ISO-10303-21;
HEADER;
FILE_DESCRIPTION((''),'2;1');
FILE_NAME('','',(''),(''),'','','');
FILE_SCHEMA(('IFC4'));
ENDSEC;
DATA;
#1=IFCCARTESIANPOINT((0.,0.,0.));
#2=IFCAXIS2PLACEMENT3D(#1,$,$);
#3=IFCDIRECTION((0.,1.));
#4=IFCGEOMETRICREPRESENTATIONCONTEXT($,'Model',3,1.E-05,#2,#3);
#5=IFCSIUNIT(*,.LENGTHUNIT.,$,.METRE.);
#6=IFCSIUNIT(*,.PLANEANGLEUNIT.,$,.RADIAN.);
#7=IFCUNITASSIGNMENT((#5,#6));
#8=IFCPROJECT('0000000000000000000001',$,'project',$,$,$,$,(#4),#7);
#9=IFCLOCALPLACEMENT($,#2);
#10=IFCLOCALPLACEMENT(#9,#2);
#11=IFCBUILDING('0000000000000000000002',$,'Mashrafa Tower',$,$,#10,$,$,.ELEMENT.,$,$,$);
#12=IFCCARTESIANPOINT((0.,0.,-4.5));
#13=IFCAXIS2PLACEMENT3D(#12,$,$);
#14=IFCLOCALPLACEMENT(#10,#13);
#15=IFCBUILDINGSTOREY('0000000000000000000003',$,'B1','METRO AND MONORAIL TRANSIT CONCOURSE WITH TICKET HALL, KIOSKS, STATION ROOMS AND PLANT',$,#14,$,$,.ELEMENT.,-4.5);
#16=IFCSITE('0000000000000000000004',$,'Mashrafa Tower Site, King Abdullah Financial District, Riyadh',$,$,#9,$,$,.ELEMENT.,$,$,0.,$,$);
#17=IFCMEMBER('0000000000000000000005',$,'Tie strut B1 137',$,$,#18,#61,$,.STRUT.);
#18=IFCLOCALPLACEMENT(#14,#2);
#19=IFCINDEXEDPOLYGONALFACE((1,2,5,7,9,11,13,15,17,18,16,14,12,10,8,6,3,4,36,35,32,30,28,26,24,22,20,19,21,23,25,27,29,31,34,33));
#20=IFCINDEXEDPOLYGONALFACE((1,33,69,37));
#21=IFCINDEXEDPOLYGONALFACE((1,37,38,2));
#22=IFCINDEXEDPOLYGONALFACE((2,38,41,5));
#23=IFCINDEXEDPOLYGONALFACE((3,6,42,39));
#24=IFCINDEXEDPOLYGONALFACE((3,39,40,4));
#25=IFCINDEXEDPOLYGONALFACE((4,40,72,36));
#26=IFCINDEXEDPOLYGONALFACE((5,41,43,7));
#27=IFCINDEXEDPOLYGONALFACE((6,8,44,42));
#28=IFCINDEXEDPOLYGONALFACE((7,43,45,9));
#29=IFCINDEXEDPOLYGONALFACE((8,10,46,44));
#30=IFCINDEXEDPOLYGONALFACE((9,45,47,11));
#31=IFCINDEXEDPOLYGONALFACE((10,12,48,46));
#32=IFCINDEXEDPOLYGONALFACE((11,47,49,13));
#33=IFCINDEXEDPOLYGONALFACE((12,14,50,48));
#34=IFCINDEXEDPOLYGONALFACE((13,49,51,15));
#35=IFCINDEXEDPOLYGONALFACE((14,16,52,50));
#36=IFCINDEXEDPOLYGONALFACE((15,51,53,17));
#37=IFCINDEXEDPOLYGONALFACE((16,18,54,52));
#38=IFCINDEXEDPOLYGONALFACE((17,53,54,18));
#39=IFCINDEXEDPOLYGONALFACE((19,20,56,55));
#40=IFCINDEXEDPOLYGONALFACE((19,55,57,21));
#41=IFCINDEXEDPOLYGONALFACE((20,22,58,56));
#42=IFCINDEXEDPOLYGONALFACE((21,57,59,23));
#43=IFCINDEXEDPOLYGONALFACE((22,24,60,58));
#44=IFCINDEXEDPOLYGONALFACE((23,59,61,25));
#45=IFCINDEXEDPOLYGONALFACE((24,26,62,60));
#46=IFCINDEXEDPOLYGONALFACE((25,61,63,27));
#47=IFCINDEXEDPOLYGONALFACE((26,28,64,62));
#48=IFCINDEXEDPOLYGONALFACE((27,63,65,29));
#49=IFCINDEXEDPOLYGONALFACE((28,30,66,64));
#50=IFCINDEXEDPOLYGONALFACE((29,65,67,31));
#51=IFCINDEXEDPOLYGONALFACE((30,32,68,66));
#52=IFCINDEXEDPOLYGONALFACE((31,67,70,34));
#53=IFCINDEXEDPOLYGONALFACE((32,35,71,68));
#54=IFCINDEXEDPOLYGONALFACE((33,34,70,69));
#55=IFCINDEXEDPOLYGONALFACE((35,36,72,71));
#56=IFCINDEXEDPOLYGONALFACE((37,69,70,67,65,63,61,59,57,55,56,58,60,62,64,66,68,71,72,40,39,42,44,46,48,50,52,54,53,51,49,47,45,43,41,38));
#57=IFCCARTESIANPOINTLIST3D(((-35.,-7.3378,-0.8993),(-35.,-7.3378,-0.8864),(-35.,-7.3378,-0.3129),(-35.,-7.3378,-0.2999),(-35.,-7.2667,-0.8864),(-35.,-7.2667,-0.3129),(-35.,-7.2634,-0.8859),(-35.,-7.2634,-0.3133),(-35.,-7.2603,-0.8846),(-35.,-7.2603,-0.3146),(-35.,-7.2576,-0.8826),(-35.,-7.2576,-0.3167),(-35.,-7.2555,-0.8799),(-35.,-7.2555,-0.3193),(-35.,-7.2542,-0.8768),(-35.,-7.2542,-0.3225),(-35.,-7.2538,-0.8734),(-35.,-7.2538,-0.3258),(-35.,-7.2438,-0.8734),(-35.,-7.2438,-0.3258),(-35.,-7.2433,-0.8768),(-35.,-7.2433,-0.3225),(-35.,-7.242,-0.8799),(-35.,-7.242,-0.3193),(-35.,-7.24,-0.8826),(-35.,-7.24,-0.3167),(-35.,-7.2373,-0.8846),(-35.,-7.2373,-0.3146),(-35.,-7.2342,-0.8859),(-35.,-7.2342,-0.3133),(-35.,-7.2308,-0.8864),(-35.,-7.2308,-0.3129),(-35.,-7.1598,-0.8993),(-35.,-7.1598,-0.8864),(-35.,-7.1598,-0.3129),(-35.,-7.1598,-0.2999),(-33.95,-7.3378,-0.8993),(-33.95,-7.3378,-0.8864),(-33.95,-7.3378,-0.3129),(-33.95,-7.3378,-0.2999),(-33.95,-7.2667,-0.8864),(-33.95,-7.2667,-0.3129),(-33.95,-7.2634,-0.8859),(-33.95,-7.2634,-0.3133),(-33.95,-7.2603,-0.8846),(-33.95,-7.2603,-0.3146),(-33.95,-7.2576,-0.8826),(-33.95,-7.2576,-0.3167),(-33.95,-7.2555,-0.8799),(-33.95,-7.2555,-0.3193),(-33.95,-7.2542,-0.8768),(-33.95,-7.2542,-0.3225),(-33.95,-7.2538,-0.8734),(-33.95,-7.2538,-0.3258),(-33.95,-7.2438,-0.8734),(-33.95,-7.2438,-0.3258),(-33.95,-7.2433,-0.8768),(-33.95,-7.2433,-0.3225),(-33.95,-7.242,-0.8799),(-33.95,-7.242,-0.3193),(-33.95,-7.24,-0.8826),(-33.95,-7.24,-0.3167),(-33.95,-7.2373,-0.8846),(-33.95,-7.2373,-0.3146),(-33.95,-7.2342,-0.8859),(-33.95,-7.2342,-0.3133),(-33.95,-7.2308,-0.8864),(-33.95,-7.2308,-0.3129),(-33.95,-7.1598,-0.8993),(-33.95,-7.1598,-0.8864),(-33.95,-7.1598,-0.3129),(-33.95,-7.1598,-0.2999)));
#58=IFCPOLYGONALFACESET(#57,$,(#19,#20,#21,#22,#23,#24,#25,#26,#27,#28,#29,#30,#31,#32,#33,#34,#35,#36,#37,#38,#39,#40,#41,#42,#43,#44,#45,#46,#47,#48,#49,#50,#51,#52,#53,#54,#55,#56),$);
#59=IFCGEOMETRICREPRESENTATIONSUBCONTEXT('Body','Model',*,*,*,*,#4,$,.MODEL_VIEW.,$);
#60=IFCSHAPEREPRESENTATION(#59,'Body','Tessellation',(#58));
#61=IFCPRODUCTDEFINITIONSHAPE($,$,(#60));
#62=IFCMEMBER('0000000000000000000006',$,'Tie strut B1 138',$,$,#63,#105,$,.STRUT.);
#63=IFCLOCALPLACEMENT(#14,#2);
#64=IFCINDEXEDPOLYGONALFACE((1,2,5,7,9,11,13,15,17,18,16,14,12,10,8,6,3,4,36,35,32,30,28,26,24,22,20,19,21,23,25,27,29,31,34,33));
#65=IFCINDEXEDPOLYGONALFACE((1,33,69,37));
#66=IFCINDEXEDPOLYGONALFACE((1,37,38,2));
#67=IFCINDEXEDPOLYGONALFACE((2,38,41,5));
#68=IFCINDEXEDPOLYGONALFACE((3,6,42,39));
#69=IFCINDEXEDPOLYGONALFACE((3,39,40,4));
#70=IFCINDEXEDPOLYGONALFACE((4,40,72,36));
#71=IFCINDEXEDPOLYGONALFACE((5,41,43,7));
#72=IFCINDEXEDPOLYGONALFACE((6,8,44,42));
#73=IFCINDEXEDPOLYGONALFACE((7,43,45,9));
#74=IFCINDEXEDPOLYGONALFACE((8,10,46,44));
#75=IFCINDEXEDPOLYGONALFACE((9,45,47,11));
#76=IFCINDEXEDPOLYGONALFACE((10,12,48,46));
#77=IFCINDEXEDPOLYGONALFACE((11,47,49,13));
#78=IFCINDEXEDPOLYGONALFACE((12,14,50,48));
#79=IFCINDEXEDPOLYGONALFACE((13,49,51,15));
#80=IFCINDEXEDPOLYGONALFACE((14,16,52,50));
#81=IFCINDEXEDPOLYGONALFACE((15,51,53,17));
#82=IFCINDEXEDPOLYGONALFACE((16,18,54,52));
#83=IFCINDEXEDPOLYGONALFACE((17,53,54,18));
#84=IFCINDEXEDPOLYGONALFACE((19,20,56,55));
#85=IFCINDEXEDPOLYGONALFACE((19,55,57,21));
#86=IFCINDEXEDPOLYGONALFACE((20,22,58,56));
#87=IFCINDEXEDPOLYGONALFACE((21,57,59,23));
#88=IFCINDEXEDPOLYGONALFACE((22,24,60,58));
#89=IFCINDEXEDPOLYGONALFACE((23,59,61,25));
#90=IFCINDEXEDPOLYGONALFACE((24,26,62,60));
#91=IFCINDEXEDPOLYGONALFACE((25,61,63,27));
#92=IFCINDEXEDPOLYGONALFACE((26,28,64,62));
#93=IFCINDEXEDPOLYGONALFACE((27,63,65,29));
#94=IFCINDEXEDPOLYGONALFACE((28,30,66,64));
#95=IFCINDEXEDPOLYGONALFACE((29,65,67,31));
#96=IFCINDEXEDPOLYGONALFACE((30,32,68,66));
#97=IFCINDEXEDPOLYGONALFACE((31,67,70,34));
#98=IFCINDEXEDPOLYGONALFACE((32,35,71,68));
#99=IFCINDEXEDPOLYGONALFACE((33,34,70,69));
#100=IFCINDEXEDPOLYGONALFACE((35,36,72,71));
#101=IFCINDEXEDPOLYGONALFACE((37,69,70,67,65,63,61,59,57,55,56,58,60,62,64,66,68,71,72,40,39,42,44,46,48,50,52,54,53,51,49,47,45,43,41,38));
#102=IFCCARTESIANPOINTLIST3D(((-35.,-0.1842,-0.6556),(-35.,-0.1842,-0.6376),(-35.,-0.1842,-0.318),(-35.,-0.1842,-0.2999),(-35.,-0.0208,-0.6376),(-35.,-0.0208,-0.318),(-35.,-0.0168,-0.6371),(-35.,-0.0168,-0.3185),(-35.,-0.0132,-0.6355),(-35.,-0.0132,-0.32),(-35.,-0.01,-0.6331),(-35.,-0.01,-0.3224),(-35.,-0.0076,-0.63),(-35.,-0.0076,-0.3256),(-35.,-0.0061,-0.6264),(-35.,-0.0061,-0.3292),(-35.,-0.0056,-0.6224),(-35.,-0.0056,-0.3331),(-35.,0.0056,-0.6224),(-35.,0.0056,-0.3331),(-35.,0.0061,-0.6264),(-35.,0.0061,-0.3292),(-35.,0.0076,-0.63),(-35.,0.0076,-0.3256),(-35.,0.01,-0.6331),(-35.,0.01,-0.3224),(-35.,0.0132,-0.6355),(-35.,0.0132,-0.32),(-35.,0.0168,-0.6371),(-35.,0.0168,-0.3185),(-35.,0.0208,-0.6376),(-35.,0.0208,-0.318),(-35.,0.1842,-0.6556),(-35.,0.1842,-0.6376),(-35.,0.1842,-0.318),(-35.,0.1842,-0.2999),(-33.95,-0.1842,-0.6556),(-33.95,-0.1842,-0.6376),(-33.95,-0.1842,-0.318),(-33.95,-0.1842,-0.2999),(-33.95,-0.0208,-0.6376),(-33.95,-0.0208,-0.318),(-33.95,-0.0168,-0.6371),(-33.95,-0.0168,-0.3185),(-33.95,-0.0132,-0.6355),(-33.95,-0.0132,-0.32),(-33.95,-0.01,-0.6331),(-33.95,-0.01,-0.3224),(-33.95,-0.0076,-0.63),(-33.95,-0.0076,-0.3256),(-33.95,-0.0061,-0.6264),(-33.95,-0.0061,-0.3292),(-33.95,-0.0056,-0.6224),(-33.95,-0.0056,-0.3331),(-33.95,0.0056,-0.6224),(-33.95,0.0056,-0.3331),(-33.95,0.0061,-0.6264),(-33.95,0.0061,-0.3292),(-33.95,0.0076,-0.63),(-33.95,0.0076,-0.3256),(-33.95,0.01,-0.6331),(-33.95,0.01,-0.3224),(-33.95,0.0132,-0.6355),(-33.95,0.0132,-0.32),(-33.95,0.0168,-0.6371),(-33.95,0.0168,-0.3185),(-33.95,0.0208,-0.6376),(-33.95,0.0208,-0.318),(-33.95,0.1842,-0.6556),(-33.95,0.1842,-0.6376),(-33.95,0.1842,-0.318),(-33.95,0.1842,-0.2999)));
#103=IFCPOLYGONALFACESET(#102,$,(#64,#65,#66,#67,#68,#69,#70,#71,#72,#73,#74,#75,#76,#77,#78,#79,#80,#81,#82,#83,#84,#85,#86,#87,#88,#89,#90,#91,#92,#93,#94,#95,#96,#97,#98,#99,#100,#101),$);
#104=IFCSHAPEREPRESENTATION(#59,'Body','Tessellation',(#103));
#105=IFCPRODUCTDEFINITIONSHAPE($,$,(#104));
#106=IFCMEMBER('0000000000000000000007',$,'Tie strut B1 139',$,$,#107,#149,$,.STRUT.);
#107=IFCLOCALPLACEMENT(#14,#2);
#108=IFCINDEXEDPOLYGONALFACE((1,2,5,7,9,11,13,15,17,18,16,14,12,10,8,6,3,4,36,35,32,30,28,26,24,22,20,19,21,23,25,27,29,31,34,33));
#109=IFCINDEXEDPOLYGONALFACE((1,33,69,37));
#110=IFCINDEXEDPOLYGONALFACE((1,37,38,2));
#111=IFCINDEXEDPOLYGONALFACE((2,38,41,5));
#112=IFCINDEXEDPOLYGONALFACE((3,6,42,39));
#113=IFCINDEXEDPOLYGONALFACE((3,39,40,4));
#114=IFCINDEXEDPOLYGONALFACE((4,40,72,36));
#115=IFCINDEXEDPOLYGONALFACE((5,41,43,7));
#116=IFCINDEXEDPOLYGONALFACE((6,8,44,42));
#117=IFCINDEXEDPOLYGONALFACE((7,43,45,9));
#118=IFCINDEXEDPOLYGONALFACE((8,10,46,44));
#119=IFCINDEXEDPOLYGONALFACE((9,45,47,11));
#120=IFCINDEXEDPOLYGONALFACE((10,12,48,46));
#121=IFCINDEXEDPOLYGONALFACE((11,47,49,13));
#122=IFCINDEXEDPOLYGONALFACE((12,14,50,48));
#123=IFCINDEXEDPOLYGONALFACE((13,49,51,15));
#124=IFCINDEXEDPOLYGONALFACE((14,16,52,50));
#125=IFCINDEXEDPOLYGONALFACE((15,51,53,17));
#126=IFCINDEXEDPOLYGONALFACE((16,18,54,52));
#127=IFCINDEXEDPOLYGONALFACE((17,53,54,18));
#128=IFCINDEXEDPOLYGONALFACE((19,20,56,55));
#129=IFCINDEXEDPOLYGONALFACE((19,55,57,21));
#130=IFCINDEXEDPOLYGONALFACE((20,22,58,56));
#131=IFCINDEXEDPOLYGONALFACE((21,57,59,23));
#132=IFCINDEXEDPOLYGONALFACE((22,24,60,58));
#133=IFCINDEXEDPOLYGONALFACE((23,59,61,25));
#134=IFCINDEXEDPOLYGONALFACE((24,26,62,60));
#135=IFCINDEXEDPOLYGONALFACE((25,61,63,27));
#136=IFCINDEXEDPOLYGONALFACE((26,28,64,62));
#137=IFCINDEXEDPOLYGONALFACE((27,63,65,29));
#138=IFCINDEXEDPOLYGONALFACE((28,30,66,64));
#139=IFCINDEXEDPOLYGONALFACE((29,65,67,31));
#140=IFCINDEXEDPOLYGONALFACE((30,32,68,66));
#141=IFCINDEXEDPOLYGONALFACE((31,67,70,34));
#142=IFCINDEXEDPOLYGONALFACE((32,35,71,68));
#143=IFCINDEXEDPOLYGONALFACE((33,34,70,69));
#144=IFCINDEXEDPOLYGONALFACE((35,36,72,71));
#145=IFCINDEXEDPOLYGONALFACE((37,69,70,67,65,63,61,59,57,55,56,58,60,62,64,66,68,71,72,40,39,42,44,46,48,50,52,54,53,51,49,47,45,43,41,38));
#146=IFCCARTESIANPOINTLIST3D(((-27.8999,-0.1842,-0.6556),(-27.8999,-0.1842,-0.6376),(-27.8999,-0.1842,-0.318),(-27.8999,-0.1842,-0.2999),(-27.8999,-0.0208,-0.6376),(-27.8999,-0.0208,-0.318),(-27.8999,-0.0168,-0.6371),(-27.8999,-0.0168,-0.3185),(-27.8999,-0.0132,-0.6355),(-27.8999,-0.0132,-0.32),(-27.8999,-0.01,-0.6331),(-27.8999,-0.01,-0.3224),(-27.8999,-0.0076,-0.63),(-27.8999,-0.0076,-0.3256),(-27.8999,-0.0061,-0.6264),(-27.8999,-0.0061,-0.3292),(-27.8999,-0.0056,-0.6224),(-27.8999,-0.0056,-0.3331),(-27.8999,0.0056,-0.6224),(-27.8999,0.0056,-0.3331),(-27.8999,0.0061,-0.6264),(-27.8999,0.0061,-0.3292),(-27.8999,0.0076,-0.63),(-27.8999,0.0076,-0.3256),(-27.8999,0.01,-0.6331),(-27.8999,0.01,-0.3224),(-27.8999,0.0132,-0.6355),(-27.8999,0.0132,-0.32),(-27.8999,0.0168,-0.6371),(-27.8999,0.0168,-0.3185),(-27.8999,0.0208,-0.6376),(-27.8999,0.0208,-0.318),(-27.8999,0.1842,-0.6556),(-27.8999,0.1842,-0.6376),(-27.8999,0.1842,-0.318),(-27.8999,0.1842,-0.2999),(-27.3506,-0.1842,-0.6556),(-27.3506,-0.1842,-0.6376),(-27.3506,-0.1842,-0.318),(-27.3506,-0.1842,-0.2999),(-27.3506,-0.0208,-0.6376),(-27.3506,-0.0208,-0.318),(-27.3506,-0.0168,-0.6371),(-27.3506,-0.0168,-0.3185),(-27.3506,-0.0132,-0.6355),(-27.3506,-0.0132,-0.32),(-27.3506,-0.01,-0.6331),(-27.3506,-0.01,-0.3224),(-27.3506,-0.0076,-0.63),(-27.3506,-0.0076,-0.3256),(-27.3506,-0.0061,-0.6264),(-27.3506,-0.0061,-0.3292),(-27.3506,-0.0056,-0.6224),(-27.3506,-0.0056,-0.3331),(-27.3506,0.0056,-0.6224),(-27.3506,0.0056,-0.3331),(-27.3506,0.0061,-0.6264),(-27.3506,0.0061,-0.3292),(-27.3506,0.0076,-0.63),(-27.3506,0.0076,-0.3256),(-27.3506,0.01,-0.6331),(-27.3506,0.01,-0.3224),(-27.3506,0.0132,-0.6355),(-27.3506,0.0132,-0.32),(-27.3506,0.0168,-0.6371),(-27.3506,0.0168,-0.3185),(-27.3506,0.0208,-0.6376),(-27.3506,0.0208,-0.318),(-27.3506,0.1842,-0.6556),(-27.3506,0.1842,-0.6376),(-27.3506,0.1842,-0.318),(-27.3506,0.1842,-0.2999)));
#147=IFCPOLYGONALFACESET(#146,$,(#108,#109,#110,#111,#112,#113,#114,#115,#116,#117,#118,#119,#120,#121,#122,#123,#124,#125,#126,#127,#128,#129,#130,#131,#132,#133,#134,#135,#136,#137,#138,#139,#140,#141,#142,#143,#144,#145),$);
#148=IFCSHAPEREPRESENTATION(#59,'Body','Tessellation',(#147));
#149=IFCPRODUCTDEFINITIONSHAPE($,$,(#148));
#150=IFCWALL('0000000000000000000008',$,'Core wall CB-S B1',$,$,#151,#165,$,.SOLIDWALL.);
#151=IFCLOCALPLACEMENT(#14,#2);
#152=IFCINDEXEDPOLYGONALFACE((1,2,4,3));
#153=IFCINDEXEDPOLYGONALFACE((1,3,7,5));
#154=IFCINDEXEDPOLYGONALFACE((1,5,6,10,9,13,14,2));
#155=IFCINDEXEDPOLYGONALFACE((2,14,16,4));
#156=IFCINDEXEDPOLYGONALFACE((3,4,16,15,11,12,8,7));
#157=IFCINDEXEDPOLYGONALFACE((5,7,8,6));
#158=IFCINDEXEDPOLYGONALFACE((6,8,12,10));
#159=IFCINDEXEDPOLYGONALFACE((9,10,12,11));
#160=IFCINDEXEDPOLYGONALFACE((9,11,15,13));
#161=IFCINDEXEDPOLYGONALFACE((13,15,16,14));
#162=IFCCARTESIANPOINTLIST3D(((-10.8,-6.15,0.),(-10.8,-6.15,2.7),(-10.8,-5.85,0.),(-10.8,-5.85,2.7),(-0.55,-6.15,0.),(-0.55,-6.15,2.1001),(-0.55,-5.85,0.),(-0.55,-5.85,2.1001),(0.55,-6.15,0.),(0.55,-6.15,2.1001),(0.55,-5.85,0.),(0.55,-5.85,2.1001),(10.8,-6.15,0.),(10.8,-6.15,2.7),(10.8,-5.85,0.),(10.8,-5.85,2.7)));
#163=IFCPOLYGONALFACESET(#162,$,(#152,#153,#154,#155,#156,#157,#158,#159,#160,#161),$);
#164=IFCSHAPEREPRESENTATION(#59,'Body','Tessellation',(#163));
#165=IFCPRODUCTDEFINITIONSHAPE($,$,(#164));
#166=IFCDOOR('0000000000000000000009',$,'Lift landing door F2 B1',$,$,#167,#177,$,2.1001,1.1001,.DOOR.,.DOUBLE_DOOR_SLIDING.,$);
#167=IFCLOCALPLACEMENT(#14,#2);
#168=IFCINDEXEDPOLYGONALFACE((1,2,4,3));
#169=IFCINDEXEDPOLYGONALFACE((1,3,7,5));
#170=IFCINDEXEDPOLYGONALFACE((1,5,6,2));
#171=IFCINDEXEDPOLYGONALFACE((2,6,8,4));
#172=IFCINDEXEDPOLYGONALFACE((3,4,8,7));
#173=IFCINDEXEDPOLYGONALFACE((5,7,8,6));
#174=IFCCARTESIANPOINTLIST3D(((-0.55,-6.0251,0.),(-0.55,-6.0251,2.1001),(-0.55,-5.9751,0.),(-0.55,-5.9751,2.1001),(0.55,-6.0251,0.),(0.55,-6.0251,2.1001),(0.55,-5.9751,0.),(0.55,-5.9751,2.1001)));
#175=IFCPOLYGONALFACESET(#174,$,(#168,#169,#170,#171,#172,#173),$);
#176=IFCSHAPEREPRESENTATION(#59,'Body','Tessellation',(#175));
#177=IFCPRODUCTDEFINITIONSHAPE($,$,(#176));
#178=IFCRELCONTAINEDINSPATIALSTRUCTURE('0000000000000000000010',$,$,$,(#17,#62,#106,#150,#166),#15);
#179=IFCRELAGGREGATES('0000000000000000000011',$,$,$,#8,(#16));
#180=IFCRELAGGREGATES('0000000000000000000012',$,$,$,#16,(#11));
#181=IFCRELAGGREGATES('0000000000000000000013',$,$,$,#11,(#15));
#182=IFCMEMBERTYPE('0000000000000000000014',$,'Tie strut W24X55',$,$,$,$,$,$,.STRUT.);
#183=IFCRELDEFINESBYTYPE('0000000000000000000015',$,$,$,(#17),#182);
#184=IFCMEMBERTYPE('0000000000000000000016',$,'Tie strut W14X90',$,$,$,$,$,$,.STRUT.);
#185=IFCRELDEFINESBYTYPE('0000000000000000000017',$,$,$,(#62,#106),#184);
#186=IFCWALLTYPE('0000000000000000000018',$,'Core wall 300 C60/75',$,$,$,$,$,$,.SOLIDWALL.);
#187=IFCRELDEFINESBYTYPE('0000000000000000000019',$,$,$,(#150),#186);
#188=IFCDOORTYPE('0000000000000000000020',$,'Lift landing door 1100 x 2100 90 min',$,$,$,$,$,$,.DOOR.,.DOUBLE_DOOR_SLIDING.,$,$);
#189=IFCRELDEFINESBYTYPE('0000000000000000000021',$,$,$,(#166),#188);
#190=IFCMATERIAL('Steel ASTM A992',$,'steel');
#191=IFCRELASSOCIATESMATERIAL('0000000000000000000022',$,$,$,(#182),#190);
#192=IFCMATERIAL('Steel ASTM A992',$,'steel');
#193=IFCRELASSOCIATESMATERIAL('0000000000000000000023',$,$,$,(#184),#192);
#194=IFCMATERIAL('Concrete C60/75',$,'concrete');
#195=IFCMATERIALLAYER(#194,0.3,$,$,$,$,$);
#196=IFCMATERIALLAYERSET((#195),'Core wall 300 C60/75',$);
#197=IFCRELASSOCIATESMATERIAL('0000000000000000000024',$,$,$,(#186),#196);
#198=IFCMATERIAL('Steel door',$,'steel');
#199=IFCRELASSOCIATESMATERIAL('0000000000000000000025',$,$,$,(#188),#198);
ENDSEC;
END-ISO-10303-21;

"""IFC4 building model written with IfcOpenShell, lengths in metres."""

from ifc_helpers import new_model, si_unit, direction, frame, frame_2d, origin, origin_2d, place, context, subcontext, project, spatial, rectangle, i_section, extrude, source, transform, mapped, material, layer, layer_set, material_profile, profile_set, type_object, type_shapes, element, fill, save


model = new_model("IFC4")

# Units and contexts
model_context = context("Model", 3, precision=1e-05, world=origin(), true_north=direction((0.0, 1.0)))
body_context = subcontext(model_context, "Body", "Model", "MODEL_VIEW")
ifc_project = project(units=[si_unit("LENGTHUNIT", "METRE"), si_unit("PLANEANGLEUNIT", "RADIAN")], contexts=[model_context])

# Site, building, storey
site_placement = place(None, origin())
site = spatial("IfcSite", under=ifc_project, at=site_placement, Name="Mashrafa Tower Site, King Abdullah Financial District, Riyadh", CompositionType="ELEMENT", RefElevation=0.0)
building_placement = place(site_placement, origin())
building = spatial("IfcBuilding", under=site, at=building_placement, Name="Mashrafa Tower", CompositionType="ELEMENT")
storey_placement = place(building_placement, frame((0.0, 0.0, -4.5)))
storey = spatial("IfcBuildingStorey", under=building, at=storey_placement, Name="B1", Description="METRO AND MONORAIL TRANSIT CONCOURSE WITH TICKET HALL, KIOSKS, STATION ROOMS AND PLANT", CompositionType="ELEMENT", Elevation=-4.5)

# Members
ifc_material_1 = material(Name="Steel ASTM A992", Category="steel")
ifc_material_profile_1 = material_profile(ifc_material_1, i_section(OverallWidth=0.178, OverallDepth=0.5994, WebThickness=0.01, FlangeThickness=0.0129, FilletRadius=0.0129, at=origin_2d()), Name="W24X55")
ifc_profile_set_1 = profile_set([ifc_material_profile_1], Name="Steel ASTM A992")
member_type_1 = type_object("IfcMemberType", Name="Tie strut W24X55", PredefinedType="STRUT", material=ifc_profile_set_1)
shared_shape_1 = source(origin(), body_context, "Body", "SweptSolid", [
    extrude(i_section(OverallWidth=0.178, OverallDepth=0.5994, WebThickness=0.01, FlangeThickness=0.0129, FilletRadius=0.0129, at=origin_2d()), origin(), (0.0, 0.0, 1.0), 1.05),
])
type_shapes(member_type_1, [shared_shape_1])
member_1_placement = place(storey_placement, frame((-33.95, -7.2488, -0.5996), z_axis=(-1.0, 0.0, 0.0), x_axis=(0.0, -1.0, 0.0)))
element("IfcMember", 1, at=member_1_placement, inside=storey, type_object=member_type_1, Name="Tie strut B1 137", PredefinedType="STRUT", context=body_context, shape_type="MappedRepresentation", body=[
    mapped(shared_shape_1, transform((0.0, 0.0, 0.0))),
])
ifc_material_2 = material(Name="Steel ASTM A992", Category="steel")
ifc_material_profile_2 = material_profile(ifc_material_2, i_section(OverallWidth=0.3684, OverallDepth=0.3557, WebThickness=0.0112, FlangeThickness=0.0181, FilletRadius=0.0151, at=origin_2d()), Name="W14X90")
ifc_profile_set_2 = profile_set([ifc_material_profile_2], Name="Steel ASTM A992")
member_type_2 = type_object("IfcMemberType", Name="Tie strut W14X90", PredefinedType="STRUT", material=ifc_profile_set_2)
shared_shape_2 = source(origin(), body_context, "Body", "SweptSolid", [
    extrude(i_section(OverallWidth=0.3684, OverallDepth=0.3557, WebThickness=0.0112, FlangeThickness=0.0181, FilletRadius=0.0151, at=origin_2d()), origin(), (0.0, 0.0, 1.0), 1.05),
])
member_2_placement = place(storey_placement, frame((-33.95, 0.0, -0.4778), z_axis=(-1.0, 0.0, 0.0), x_axis=(0.0, -1.0, 0.0)))
element("IfcMember", 2, at=member_2_placement, inside=storey, type_object=member_type_2, Name="Tie strut B1 138", PredefinedType="STRUT", context=body_context, shape_type="MappedRepresentation", body=[
    mapped(shared_shape_2, transform((0.0, 0.0, 0.0))),
])
shared_shape_3 = source(origin(), body_context, "Body", "SweptSolid", [
    extrude(i_section(OverallWidth=0.3684, OverallDepth=0.3557, WebThickness=0.0112, FlangeThickness=0.0181, FilletRadius=0.0151, at=origin_2d()), origin(), (0.0, 0.0, 1.0), 0.5493),
])
type_shapes(member_type_2, [shared_shape_2, shared_shape_3])
member_3_placement = place(storey_placement, frame((-27.3506, 0.0, -0.4778), z_axis=(-1.0, 0.0, 0.0), x_axis=(0.0, -1.0, 0.0)))
element("IfcMember", 3, at=member_3_placement, inside=storey, type_object=member_type_2, Name="Tie strut B1 139", PredefinedType="STRUT", context=body_context, shape_type="MappedRepresentation", body=[
    mapped(shared_shape_3, transform((0.0, 0.0, 0.0))),
])

# Wall, opening, door
ifc_material_3 = material(Name="Concrete C60/75", Category="concrete")
ifc_layer_1 = layer(ifc_material_3, 0.3)
ifc_layer_set_1 = layer_set([ifc_layer_1], Name="Core wall 300 C60/75")
wall_type_1 = type_object("IfcWallType", Name="Core wall 300 C60/75", PredefinedType="SOLIDWALL", material=ifc_layer_set_1)
wall_1_placement = place(storey_placement, frame((-10.8, -6.0, 0.0), z_axis=(0.0, 0.0, 1.0), x_axis=(1.0, 0.0, 0.0)))
wall_1 = element("IfcWall", 4, at=wall_1_placement, inside=storey, type_object=wall_type_1, Name="Core wall CB-S B1", PredefinedType="SOLIDWALL", context=body_context, shape_type="SweptSolid", body=[
    extrude(rectangle(XDim=21.6001, YDim=0.3, at=frame_2d((10.8, 0.0))), origin(), (0.0, 0.0, 1.0), 2.7),
])
opening_1_placement = place(wall_1_placement, frame((10.25, 0.0, 0.0)))
opening_1 = element("IfcOpeningElement", 5, at=opening_1_placement, cuts=wall_1, PredefinedType="OPENING", context=body_context, shape_type="SweptSolid", body=[
    extrude(rectangle(XDim=1.1001, YDim=2.1001, at=frame_2d((0.55, 1.05))), frame((0.0, 0.1599, 0.0), z_axis=(0.0, -1.0, 0.0), x_axis=(1.0, 0.0, 0.0)), (0.0, 0.0, 1.0), 0.3201),
])
ifc_material_4 = material(Name="Steel door", Category="steel")
door_type_1 = type_object("IfcDoorType", Name="Lift landing door 1100 x 2100 90 min", OperationType="DOUBLE_DOOR_SLIDING", PredefinedType="DOOR", material=ifc_material_4)
door_1_placement = place(opening_1_placement, origin())
door_1 = element("IfcDoor", 6, at=door_1_placement, inside=storey, type_object=door_type_1, Name="Lift landing door F2 B1", OperationType="DOUBLE_DOOR_SLIDING", OverallHeight=2.1001, OverallWidth=1.1001, PredefinedType="DOOR", context=body_context, shape_type="SweptSolid", body=[
    extrude(rectangle(XDim=1.1001, YDim=2.1001, at=frame_2d((0.55, 1.05))), frame((0.0, 0.0249, 0.0), z_axis=(0.0, -1.0, 0.0), x_axis=(1.0, 0.0, 0.0)), (0.0, 0.0, 1.0), 0.05),
])
fill(opening_1, door_1)

save(model, "model.ifc")
